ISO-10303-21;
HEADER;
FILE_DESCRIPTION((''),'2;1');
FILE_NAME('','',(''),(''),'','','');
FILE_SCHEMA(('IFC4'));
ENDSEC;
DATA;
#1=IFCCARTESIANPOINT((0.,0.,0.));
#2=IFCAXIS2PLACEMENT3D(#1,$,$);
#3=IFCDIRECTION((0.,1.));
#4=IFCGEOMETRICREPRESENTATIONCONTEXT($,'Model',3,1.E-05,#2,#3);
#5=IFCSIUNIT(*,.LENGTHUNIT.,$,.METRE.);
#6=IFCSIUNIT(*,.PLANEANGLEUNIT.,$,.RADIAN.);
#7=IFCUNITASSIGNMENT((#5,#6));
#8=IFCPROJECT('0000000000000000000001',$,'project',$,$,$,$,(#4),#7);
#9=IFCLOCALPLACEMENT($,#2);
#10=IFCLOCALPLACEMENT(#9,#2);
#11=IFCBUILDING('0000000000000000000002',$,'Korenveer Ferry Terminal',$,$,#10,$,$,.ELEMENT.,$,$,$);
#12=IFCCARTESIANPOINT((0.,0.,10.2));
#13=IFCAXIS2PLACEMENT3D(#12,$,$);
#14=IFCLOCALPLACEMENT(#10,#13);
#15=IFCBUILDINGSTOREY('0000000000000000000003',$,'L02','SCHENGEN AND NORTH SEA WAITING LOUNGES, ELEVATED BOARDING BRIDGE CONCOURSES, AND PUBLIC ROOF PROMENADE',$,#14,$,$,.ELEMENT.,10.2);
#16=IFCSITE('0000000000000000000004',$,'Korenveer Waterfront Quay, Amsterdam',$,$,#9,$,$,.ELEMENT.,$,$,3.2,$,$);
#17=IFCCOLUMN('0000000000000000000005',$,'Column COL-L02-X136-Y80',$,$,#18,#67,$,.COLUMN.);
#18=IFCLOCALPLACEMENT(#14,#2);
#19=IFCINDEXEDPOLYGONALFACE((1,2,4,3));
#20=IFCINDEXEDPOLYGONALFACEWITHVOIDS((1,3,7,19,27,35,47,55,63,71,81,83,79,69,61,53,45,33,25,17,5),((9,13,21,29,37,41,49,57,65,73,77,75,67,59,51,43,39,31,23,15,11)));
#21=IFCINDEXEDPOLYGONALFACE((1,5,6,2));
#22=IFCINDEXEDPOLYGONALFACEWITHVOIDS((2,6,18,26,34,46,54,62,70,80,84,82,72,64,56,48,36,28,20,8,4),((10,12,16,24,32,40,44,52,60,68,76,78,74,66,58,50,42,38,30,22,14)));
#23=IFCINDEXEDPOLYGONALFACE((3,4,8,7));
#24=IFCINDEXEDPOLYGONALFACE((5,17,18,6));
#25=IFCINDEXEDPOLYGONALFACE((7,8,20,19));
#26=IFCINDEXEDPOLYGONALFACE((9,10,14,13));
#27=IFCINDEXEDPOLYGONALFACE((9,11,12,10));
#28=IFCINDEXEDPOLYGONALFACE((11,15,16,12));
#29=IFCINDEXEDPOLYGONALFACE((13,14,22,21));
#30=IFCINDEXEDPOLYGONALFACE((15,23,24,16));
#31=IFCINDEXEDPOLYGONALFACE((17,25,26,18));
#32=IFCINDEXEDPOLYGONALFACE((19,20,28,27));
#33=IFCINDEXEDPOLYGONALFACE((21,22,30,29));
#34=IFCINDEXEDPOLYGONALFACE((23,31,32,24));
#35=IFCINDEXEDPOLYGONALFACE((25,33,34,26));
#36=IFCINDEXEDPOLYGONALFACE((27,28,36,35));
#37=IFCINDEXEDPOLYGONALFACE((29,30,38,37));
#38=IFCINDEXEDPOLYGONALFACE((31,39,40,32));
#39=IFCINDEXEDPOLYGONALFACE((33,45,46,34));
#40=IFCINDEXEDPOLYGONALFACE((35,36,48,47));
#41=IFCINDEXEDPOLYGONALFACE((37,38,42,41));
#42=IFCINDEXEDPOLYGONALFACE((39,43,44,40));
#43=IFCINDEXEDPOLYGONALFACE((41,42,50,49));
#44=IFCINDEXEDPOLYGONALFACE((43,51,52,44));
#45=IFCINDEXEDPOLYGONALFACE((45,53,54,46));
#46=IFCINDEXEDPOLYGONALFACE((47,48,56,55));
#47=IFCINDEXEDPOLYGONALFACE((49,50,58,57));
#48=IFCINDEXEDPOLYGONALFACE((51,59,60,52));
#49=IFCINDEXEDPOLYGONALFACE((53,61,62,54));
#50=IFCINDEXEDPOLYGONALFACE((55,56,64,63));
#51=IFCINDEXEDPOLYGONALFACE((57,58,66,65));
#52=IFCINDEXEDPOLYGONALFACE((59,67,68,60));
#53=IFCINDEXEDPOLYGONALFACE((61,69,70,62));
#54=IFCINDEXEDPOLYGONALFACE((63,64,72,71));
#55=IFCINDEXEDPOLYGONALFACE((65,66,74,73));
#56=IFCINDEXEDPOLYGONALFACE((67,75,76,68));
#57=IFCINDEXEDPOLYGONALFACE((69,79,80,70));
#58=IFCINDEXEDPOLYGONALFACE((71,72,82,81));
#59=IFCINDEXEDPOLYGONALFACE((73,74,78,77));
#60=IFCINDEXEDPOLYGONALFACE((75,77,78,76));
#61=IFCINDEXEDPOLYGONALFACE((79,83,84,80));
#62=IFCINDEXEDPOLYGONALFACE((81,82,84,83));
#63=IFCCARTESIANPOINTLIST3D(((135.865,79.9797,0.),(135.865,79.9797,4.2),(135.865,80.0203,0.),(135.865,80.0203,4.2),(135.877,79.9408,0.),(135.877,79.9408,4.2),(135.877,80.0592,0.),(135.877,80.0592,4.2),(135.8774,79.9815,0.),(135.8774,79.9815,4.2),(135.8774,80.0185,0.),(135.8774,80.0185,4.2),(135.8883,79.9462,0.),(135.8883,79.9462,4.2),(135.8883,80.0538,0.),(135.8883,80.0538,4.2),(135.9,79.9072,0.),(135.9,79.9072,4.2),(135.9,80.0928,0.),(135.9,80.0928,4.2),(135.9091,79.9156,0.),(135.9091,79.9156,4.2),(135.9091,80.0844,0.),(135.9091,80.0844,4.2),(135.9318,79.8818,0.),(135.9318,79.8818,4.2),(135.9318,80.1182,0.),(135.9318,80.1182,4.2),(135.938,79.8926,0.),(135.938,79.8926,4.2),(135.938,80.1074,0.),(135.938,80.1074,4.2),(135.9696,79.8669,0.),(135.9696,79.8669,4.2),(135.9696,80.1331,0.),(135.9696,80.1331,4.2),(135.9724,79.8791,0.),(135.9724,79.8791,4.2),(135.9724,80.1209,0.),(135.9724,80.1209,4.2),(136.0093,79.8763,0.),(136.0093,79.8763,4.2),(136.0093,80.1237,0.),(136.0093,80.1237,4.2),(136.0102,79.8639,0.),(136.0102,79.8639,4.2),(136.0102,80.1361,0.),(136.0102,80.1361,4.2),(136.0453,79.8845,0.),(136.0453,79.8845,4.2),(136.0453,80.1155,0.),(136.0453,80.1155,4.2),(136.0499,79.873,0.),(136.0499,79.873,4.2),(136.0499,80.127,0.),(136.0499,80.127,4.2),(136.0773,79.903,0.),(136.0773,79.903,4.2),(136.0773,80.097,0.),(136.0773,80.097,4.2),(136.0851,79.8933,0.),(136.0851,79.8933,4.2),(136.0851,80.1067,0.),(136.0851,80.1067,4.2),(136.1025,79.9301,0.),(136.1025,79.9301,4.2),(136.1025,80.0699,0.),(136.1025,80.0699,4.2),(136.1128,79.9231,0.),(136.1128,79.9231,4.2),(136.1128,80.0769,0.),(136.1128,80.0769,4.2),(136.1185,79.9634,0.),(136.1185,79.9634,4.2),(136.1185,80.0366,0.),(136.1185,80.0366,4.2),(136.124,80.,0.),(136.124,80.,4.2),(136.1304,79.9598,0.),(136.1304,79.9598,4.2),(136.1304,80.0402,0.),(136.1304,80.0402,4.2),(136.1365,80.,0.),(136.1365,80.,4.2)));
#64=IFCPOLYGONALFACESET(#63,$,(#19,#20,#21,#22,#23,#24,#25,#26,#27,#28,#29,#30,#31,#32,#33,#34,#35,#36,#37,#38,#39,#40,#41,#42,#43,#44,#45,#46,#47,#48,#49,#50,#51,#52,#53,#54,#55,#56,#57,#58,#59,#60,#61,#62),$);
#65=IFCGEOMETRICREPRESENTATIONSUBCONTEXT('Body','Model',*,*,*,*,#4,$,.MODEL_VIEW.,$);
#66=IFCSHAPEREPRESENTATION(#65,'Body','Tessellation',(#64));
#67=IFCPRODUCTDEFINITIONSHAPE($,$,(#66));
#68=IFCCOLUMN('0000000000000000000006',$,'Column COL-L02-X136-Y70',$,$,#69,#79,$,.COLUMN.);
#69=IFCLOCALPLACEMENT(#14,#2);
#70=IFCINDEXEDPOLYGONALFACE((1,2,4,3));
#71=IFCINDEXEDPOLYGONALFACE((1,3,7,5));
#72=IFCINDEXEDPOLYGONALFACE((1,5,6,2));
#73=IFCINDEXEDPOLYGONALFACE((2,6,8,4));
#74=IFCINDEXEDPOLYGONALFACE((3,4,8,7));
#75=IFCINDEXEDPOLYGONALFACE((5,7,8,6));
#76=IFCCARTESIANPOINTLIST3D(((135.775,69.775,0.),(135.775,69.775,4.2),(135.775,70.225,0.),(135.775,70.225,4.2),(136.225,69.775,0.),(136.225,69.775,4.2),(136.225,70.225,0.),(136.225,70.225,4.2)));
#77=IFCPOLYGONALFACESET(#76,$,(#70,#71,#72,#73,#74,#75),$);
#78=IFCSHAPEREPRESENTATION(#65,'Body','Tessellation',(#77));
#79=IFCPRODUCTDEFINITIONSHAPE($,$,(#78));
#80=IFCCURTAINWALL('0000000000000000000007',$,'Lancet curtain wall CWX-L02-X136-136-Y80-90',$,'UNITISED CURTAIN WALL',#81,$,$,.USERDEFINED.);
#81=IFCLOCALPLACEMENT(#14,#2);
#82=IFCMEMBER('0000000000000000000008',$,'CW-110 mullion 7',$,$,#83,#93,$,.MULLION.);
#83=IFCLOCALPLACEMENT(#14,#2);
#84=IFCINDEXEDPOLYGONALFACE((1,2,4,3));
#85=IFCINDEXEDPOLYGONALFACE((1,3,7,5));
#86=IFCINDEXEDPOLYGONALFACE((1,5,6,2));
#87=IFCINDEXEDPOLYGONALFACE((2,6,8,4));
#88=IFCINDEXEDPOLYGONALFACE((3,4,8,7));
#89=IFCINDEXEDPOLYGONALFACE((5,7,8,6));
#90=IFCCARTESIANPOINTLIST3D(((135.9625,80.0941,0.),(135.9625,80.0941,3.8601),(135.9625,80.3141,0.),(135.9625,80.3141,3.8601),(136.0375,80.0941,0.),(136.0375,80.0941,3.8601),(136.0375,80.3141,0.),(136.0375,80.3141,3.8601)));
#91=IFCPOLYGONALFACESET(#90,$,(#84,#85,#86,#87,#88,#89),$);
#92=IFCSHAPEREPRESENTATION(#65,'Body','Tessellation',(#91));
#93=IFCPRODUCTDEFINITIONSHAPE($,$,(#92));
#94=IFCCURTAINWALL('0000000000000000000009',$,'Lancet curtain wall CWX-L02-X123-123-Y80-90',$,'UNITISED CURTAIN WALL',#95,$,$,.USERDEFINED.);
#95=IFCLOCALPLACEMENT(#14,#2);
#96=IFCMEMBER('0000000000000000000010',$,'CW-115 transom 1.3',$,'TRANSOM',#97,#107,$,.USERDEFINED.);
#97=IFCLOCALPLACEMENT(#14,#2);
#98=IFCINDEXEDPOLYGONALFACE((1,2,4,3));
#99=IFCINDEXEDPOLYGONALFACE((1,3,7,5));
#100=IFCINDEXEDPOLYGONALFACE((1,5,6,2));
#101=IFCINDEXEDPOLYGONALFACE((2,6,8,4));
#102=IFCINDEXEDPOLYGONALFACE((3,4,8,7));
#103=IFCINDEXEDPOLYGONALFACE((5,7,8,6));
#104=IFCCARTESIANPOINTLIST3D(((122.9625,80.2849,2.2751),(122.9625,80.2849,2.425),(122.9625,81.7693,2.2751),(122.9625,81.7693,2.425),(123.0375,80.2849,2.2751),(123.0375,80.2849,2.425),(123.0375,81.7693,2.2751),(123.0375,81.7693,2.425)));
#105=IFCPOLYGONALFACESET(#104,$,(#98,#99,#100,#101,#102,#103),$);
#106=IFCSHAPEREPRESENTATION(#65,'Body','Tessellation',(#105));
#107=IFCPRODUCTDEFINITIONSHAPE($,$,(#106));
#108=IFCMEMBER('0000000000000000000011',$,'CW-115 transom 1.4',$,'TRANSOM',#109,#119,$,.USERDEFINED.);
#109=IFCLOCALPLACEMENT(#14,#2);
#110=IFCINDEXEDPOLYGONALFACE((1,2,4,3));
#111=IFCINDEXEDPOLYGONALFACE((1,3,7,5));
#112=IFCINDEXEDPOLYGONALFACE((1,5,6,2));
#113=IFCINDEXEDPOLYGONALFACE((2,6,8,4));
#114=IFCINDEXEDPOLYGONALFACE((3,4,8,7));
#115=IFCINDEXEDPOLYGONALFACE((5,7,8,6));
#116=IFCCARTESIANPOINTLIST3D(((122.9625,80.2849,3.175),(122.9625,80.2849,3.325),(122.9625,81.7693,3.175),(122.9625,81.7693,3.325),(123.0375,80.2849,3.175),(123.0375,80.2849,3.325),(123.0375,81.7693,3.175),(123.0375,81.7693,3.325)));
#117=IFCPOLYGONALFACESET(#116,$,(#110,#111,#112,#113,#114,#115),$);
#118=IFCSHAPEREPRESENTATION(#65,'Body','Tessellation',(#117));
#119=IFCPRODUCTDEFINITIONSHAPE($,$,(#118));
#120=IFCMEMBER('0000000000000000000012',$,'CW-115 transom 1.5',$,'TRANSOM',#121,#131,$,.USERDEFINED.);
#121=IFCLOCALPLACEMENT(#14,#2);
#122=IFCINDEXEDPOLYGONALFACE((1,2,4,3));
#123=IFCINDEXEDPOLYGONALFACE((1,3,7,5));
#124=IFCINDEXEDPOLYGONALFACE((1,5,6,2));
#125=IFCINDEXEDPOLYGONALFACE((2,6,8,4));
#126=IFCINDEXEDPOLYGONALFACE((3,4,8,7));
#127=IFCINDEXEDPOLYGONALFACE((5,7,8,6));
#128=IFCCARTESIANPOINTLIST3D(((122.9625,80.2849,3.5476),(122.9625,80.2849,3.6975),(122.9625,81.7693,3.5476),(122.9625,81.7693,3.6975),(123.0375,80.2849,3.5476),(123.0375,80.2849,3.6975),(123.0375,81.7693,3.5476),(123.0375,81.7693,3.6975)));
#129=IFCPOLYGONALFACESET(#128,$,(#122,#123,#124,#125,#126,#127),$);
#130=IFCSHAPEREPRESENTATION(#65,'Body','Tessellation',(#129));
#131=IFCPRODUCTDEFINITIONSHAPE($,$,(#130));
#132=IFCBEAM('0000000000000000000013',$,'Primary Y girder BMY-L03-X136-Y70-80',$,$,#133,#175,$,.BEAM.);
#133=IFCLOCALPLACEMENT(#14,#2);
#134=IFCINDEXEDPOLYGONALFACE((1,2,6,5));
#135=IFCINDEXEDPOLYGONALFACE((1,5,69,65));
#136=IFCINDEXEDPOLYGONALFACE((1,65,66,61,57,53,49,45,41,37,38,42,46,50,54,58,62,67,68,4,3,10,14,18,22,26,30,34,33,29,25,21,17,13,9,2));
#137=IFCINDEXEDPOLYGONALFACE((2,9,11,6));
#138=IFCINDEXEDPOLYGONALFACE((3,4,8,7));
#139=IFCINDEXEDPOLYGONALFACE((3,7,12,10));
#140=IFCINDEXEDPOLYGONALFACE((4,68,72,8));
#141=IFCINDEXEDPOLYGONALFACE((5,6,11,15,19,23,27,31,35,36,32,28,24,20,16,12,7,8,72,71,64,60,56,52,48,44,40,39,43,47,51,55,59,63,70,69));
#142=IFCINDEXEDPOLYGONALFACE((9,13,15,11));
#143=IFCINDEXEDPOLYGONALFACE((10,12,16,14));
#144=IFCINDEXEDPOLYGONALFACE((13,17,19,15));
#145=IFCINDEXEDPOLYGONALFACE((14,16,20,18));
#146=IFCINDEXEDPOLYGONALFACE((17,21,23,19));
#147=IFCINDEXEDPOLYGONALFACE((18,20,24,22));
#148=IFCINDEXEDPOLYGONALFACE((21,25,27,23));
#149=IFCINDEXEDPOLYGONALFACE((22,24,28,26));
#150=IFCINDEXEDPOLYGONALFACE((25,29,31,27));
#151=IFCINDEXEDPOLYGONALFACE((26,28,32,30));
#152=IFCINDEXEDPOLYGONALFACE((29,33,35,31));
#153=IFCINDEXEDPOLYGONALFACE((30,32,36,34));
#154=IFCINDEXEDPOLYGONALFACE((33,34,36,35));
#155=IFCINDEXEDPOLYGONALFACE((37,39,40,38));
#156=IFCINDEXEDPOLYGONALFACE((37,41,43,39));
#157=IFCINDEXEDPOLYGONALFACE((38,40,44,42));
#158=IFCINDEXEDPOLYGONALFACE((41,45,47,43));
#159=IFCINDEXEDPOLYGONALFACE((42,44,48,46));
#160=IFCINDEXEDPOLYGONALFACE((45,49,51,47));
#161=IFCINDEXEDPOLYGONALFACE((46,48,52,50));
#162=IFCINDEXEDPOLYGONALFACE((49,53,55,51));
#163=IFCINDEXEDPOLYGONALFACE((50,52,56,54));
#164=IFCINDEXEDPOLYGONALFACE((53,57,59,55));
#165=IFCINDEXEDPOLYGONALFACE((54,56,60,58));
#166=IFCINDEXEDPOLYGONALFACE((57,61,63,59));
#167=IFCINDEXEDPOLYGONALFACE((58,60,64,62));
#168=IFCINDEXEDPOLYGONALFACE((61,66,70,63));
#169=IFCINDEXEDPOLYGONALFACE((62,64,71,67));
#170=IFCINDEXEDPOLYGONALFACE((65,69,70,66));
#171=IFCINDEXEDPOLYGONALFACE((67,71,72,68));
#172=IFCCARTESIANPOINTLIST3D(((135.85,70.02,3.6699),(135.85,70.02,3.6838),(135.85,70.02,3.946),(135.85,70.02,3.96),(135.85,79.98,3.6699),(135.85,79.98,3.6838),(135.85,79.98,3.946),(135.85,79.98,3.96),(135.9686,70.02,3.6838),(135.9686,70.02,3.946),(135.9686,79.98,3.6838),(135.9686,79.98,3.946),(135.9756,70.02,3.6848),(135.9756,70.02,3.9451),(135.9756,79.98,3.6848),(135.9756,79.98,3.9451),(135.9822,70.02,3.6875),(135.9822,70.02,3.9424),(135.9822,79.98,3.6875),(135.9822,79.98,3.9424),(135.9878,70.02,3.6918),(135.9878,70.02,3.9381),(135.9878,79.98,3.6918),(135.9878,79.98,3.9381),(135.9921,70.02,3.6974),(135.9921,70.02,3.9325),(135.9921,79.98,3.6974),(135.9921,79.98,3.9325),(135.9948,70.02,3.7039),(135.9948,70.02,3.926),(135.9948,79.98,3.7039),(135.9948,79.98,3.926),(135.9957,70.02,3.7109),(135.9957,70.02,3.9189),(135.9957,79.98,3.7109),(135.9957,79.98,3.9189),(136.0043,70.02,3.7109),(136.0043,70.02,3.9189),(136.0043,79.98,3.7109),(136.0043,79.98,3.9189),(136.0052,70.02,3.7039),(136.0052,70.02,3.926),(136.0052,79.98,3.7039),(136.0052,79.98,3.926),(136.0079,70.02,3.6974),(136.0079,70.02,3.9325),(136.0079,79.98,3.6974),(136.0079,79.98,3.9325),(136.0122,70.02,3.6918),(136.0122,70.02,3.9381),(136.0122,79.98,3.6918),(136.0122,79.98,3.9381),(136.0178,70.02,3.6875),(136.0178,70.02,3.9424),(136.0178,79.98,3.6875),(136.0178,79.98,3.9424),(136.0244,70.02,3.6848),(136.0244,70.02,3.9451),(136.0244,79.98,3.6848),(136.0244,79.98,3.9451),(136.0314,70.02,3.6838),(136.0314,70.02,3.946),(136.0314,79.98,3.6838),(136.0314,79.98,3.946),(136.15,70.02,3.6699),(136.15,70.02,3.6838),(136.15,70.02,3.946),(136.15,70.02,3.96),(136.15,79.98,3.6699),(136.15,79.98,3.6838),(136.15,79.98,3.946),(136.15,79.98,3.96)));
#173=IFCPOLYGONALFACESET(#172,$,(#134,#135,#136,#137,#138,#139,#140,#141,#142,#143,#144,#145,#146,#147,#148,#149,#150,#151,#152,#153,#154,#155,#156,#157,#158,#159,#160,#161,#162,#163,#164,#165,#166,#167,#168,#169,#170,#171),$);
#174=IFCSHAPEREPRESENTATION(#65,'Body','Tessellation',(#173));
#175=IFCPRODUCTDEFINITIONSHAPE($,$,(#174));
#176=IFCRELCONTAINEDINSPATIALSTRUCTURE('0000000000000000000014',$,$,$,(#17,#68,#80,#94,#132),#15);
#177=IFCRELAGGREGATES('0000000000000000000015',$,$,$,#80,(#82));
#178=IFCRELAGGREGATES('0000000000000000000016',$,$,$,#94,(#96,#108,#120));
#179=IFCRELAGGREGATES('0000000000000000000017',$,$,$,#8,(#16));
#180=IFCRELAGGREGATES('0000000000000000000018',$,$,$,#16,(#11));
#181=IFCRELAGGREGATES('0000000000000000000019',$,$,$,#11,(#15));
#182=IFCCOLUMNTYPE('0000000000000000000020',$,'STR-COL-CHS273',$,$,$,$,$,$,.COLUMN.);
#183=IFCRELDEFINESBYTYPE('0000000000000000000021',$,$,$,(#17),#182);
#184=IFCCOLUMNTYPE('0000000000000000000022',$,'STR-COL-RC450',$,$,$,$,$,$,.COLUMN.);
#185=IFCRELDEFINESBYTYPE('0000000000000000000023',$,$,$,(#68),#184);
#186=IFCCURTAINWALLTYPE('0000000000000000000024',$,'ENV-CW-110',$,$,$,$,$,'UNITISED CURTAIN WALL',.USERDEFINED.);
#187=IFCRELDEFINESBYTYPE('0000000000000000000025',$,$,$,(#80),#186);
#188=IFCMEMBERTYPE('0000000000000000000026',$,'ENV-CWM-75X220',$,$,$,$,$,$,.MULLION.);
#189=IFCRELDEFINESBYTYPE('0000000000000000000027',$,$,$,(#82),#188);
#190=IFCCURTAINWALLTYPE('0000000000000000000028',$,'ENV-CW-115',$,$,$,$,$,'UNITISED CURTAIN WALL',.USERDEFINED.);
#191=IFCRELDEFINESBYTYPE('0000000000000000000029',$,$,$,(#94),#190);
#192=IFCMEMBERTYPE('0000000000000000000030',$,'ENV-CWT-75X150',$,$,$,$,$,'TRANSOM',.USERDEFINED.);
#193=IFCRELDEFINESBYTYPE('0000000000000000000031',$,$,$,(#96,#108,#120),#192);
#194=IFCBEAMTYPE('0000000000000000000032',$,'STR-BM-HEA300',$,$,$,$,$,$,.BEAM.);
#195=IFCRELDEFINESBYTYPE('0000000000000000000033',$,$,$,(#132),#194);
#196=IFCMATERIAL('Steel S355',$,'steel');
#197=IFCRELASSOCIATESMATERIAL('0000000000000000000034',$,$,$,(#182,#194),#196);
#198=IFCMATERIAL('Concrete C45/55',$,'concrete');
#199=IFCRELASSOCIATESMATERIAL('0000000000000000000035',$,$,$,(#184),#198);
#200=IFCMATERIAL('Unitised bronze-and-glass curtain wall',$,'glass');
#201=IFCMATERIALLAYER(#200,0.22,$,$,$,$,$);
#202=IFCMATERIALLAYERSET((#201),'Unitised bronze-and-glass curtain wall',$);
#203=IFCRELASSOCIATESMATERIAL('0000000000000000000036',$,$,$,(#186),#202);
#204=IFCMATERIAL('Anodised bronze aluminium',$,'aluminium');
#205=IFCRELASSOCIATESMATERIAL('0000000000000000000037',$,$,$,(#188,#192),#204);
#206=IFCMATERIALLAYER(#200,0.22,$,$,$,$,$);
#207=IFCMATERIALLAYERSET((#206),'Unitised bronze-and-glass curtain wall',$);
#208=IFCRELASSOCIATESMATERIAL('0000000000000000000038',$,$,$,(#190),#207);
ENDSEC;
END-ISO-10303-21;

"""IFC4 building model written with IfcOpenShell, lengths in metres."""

from ifc_helpers import new_model, si_unit, direction, frame, origin, origin_2d, place, context, subcontext, project, spatial, rectangle, hollow_circle, i_section, extrude, material, layer, layer_set, material_profile, profile_set, type_object, element, aggregate, save


model = new_model("IFC4")

# Units and contexts
model_context = context("Model", 3, precision=1e-05, world=origin(), true_north=direction((0.0, 1.0)))
body_context = subcontext(model_context, "Body", "Model", "MODEL_VIEW")
ifc_project = project(units=[si_unit("LENGTHUNIT", "METRE"), si_unit("PLANEANGLEUNIT", "RADIAN")], contexts=[model_context])

# Site, building, storey
site_placement = place(None, origin())
site = spatial("IfcSite", under=ifc_project, at=site_placement, Name="Korenveer Waterfront Quay, Amsterdam", CompositionType="ELEMENT", RefElevation=3.2)
building_placement = place(site_placement, origin())
building = spatial("IfcBuilding", under=site, at=building_placement, Name="Korenveer Ferry Terminal", CompositionType="ELEMENT")
storey_placement = place(building_placement, frame((0.0, 0.0, 10.2)))
storey = spatial("IfcBuildingStorey", under=building, at=storey_placement, Name="L02", Description="SCHENGEN AND NORTH SEA WAITING LOUNGES, ELEVATED BOARDING BRIDGE CONCOURSES, AND PUBLIC ROOF PROMENADE", CompositionType="ELEMENT", Elevation=10.2)

# Columns
ifc_material_1 = material(Name="Steel S355", Category="steel")
ifc_material_profile_1 = material_profile(ifc_material_1, hollow_circle(Radius=0.1365, WallThickness=0.0125, at=origin_2d()), Name="CHS 273x12.5")
ifc_profile_set_1 = profile_set([ifc_material_profile_1], Name="Steel S355")
column_type_1 = type_object("IfcColumnType", Name="STR-COL-CHS273", PredefinedType="COLUMN", material=ifc_profile_set_1)
column_1_placement = place(storey_placement, frame((136.0, 80.0, 0.0), z_axis=(0.0, 0.0, 1.0), x_axis=(1.0, 0.0, 0.0)))
element("IfcColumn", 1, at=column_1_placement, inside=storey, type_object=column_type_1, Name="Column COL-L02-X136-Y80", PredefinedType="COLUMN", context=body_context, shape_type="SweptSolid", body=[
    extrude(hollow_circle(Radius=0.1365, WallThickness=0.0125, at=origin_2d()), origin(), (0.0, 0.0, 1.0), 4.2),
])
ifc_material_2 = material(Name="Concrete C45/55", Category="concrete")
ifc_material_profile_2 = material_profile(ifc_material_2, rectangle(XDim=0.45, YDim=0.45, at=origin_2d()), Name="RC 450x450")
ifc_profile_set_2 = profile_set([ifc_material_profile_2], Name="Concrete C45/55")
column_type_2 = type_object("IfcColumnType", Name="STR-COL-RC450", PredefinedType="COLUMN", material=ifc_profile_set_2)
column_2_placement = place(storey_placement, frame((136.0, 70.0, 0.0), z_axis=(0.0, 0.0, 1.0), x_axis=(1.0, 0.0, 0.0)))
element("IfcColumn", 2, at=column_2_placement, inside=storey, type_object=column_type_2, Name="Column COL-L02-X136-Y70", PredefinedType="COLUMN", context=body_context, shape_type="SweptSolid", body=[
    extrude(rectangle(XDim=0.45, YDim=0.45, at=origin_2d()), origin(), (0.0, 0.0, 1.0), 4.2),
])

# Curtain wall, member
ifc_material_3 = material(Name="Unitised bronze-and-glass curtain wall", Category="glass")
ifc_layer_1 = layer(ifc_material_3, 0.22)
ifc_layer_set_1 = layer_set([ifc_layer_1], Name="Unitised bronze-and-glass curtain wall")
curtain_wall_type_1 = type_object("IfcCurtainWallType", Name="ENV-CW-110", ElementType="UNITISED CURTAIN WALL", PredefinedType="USERDEFINED", material=ifc_layer_set_1)
curtain_wall_1_placement = place(storey_placement, frame((136.0, 89.8335, 0.0)))
curtain_wall_1 = element("IfcCurtainWall", 3, at=curtain_wall_1_placement, inside=storey, type_object=curtain_wall_type_1, Name="Lancet curtain wall CWX-L02-X136-136-Y80-90", ObjectType="UNITISED CURTAIN WALL", PredefinedType="USERDEFINED")
ifc_material_4 = material(Name="Anodised bronze aluminium", Category="aluminium")
ifc_material_profile_3 = material_profile(ifc_material_4, rectangle(XDim=0.075, YDim=0.22, at=origin_2d()), Name="ALU 75x220")
ifc_profile_set_3 = profile_set([ifc_material_profile_3], Name="Anodised bronze aluminium")
member_type_1 = type_object("IfcMemberType", Name="ENV-CWM-75X220", PredefinedType="MULLION", material=ifc_profile_set_3)
member_1_placement = place(storey_placement, frame((136.0, 80.2041, 0.0), z_axis=(0.0, 0.0, 1.0), x_axis=(1.0, 0.0, 0.0)))
member_1 = element("IfcMember", 4, at=member_1_placement, type_object=member_type_1, Name="CW-110 mullion 7", PredefinedType="MULLION", context=body_context, shape_type="SweptSolid", body=[
    extrude(rectangle(XDim=0.075, YDim=0.22, at=origin_2d()), origin(), (0.0, 0.0, 1.0), 3.8601),
])
aggregate(curtain_wall_1, [member_1])

# Curtain wall, members
ifc_layer_2 = layer(ifc_material_3, 0.22)
ifc_layer_set_2 = layer_set([ifc_layer_2], Name="Unitised bronze-and-glass curtain wall")
curtain_wall_type_2 = type_object("IfcCurtainWallType", Name="ENV-CW-115", ElementType="UNITISED CURTAIN WALL", PredefinedType="USERDEFINED", material=ifc_layer_set_2)
curtain_wall_2_placement = place(storey_placement, frame((123.0, 80.21, 0.0)))
curtain_wall_2 = element("IfcCurtainWall", 5, at=curtain_wall_2_placement, inside=storey, type_object=curtain_wall_type_2, Name="Lancet curtain wall CWX-L02-X123-123-Y80-90", ObjectType="UNITISED CURTAIN WALL", PredefinedType="USERDEFINED")
ifc_material_profile_4 = material_profile(ifc_material_4, rectangle(XDim=0.075, YDim=0.1499, at=origin_2d()), Name="ALU 75x150")
ifc_profile_set_4 = profile_set([ifc_material_profile_4], Name="Anodised bronze aluminium")
member_type_2 = type_object("IfcMemberType", Name="ENV-CWT-75X150", ElementType="TRANSOM", PredefinedType="USERDEFINED", material=ifc_profile_set_4)
member_2_placement = place(storey_placement, frame((123.0, 80.2849, 2.3501), z_axis=(0.0, 1.0, 0.0), x_axis=(-1.0, 0.0, 0.0)))
member_2 = element("IfcMember", 6, at=member_2_placement, type_object=member_type_2, Name="CW-115 transom 1.3", ObjectType="TRANSOM", PredefinedType="USERDEFINED", context=body_context, shape_type="SweptSolid", body=[
    extrude(rectangle(XDim=0.075, YDim=0.1499, at=origin_2d()), origin(), (0.0, 0.0, 1.0), 1.4844),
])
member_3_placement = place(storey_placement, frame((123.0, 80.2849, 3.25), z_axis=(0.0, 1.0, 0.0), x_axis=(-1.0, 0.0, 0.0)))
member_3 = element("IfcMember", 7, at=member_3_placement, type_object=member_type_2, Name="CW-115 transom 1.4", ObjectType="TRANSOM", PredefinedType="USERDEFINED", context=body_context, shape_type="SweptSolid", body=[
    extrude(rectangle(XDim=0.075, YDim=0.1499, at=origin_2d()), origin(), (0.0, 0.0, 1.0), 1.4844),
])
member_4_placement = place(storey_placement, frame((123.0, 80.2849, 3.6226), z_axis=(0.0, 1.0, 0.0), x_axis=(-1.0, 0.0, 0.0)))
member_4 = element("IfcMember", 8, at=member_4_placement, type_object=member_type_2, Name="CW-115 transom 1.5", ObjectType="TRANSOM", PredefinedType="USERDEFINED", context=body_context, shape_type="SweptSolid", body=[
    extrude(rectangle(XDim=0.075, YDim=0.1499, at=origin_2d()), origin(), (0.0, 0.0, 1.0), 1.4844),
])

# Beam
ifc_material_profile_5 = material_profile(ifc_material_1, i_section(OverallWidth=0.3, OverallDepth=0.29, WebThickness=0.0085, FlangeThickness=0.0139, FilletRadius=0.0271, at=origin_2d()), Name="HEA 300")
ifc_profile_set_5 = profile_set([ifc_material_profile_5], Name="Steel S355")
beam_type_1 = type_object("IfcBeamType", Name="STR-BM-HEA300", PredefinedType="BEAM", material=ifc_profile_set_5)
beam_placement = place(storey_placement, frame((136.0, 70.02, 3.8149), z_axis=(0.0, 1.0, 0.0), x_axis=(-1.0, 0.0, 0.0)))
element("IfcBeam", 9, at=beam_placement, inside=storey, type_object=beam_type_1, Name="Primary Y girder BMY-L03-X136-Y70-80", PredefinedType="BEAM", context=body_context, shape_type="SweptSolid", body=[
    extrude(i_section(OverallWidth=0.3, OverallDepth=0.29, WebThickness=0.0085, FlangeThickness=0.0139, FilletRadius=0.0271, at=origin_2d()), origin(), (0.0, 0.0, 1.0), 9.96),
])

aggregate(curtain_wall_2, [member_2, member_3, member_4])

save(model, "model.ifc")
